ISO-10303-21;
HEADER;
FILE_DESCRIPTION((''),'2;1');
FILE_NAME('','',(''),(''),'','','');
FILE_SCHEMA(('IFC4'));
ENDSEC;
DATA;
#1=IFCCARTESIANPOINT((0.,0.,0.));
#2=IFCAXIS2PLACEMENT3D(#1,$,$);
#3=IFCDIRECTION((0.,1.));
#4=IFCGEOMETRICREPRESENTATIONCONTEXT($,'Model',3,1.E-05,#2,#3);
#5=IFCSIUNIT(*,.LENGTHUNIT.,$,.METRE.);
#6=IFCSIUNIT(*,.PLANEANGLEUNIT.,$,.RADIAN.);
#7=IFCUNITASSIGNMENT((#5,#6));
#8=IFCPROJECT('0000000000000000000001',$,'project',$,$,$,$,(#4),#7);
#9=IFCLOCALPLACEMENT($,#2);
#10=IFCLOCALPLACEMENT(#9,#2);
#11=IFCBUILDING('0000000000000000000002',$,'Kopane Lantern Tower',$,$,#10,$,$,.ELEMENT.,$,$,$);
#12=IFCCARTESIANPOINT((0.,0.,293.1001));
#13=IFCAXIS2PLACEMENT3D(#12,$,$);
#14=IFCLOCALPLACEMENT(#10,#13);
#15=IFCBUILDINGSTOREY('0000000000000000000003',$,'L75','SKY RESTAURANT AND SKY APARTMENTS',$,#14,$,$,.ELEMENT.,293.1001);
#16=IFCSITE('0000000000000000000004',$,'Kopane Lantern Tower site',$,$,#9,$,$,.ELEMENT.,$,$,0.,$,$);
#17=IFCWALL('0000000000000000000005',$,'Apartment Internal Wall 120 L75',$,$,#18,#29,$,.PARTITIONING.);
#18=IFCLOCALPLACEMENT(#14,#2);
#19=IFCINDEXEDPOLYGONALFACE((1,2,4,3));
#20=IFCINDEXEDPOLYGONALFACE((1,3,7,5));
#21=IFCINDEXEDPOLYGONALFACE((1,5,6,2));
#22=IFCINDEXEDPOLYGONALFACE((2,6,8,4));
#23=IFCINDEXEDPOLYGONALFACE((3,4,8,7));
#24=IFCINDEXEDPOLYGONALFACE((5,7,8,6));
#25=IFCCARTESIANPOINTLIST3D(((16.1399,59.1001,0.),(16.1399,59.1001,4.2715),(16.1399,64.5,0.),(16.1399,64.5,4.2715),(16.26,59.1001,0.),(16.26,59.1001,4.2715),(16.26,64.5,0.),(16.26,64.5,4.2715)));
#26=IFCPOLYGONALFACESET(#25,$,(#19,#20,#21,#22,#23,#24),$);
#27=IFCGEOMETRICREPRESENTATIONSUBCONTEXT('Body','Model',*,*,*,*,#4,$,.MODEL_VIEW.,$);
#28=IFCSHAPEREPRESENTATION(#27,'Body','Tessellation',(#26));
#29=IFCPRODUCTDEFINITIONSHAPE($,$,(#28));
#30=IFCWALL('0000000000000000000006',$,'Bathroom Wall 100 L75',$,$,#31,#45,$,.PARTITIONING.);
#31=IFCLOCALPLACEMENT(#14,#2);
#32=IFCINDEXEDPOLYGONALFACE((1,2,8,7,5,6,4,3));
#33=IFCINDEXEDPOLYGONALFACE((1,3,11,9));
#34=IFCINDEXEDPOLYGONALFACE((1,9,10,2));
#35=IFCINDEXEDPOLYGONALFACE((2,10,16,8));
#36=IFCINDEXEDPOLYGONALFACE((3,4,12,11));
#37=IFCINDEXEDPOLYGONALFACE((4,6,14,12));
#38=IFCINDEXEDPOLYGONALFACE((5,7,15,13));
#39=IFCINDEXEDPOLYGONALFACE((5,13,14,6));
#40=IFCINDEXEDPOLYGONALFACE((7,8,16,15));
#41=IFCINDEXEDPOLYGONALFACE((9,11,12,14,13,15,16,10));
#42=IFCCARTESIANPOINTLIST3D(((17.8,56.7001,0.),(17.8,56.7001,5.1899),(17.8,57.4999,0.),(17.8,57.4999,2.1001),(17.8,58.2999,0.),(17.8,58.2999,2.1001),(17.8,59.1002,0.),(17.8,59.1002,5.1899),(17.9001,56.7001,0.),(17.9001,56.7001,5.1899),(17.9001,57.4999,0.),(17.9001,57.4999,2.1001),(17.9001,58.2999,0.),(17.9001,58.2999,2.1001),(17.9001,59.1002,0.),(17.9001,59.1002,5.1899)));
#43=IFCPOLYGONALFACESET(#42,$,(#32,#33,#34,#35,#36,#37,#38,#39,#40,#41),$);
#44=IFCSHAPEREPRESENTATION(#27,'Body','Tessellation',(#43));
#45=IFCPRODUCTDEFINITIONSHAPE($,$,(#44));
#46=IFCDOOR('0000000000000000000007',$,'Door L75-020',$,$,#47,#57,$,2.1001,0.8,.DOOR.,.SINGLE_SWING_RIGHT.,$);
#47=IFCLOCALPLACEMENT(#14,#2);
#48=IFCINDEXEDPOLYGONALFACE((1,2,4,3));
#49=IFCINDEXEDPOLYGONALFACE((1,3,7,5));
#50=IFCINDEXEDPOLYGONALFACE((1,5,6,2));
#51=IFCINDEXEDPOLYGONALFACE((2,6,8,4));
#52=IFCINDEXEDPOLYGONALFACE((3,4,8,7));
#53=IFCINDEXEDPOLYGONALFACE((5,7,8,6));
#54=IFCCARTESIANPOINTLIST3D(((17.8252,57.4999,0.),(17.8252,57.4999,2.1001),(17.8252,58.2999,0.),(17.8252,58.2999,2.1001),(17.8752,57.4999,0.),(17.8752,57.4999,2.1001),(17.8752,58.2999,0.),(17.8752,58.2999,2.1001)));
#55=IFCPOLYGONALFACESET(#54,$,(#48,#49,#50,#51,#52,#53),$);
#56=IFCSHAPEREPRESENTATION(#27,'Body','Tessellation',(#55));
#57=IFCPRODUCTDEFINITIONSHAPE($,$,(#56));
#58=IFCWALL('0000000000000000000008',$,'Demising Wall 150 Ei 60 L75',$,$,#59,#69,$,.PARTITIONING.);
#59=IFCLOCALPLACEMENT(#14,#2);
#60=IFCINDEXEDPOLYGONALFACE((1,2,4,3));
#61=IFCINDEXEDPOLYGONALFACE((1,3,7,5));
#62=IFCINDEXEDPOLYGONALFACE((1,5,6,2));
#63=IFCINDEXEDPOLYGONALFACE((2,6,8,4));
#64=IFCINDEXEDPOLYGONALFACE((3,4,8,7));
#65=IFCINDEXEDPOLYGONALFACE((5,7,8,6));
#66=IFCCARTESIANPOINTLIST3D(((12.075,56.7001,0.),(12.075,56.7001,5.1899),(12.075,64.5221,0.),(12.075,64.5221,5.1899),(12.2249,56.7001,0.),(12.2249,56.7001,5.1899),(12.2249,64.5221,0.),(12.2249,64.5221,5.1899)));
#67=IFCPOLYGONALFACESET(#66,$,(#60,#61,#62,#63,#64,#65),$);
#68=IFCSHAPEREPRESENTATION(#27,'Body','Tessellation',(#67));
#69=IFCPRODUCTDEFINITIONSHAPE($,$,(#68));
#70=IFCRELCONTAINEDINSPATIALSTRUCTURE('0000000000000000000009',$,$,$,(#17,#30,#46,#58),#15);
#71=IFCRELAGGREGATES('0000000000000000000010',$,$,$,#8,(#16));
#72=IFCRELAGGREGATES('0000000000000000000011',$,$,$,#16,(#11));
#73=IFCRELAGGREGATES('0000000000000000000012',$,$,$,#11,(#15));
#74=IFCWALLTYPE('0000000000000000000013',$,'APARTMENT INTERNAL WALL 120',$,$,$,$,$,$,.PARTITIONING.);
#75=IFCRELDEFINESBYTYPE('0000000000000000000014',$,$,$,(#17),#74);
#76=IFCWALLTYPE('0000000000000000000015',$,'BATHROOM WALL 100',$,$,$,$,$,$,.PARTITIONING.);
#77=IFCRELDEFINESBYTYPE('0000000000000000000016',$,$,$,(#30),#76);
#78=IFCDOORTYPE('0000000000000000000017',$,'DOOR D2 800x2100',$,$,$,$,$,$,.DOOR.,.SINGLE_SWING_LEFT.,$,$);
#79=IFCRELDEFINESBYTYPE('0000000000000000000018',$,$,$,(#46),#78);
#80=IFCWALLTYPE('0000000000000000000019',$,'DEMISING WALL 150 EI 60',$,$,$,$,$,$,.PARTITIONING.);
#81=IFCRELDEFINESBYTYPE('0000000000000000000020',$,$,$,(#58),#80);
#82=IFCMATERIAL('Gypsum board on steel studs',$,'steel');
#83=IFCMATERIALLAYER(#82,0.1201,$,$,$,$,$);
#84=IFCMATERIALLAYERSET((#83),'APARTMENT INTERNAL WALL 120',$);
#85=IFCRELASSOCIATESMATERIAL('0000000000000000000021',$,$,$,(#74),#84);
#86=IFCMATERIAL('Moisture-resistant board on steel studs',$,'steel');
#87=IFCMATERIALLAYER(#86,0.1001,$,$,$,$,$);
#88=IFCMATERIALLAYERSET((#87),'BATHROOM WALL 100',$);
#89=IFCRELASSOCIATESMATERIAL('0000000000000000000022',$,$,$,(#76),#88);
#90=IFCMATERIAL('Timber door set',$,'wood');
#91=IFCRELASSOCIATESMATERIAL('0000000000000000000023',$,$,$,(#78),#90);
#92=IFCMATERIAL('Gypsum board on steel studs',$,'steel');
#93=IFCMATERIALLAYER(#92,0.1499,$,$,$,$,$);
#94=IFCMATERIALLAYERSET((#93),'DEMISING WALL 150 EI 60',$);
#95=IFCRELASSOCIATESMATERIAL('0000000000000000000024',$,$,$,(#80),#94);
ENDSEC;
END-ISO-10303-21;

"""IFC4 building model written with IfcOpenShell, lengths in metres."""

from ifc_helpers import new_model, si_unit, direction, frame, frame_2d, origin, place, context, subcontext, project, spatial, rectangle, extrude, material, layer, layer_set, type_object, element, fill, save


model = new_model("IFC4")

# Units and contexts
model_context = context("Model", 3, precision=1e-05, world=origin(), true_north=direction((0.0, 1.0)))
body_context = subcontext(model_context, "Body", "Model", "MODEL_VIEW")
ifc_project = project(units=[si_unit("LENGTHUNIT", "METRE"), si_unit("PLANEANGLEUNIT", "RADIAN")], contexts=[model_context])

# Site, building, storey
site_placement = place(None, origin())
site = spatial("IfcSite", under=ifc_project, at=site_placement, Name="Kopane Lantern Tower site", CompositionType="ELEMENT", RefElevation=0.0)
building_placement = place(site_placement, origin())
building = spatial("IfcBuilding", under=site, at=building_placement, Name="Kopane Lantern Tower", CompositionType="ELEMENT")
storey_placement = place(building_placement, frame((0.0, 0.0, 293.1001)))
storey = spatial("IfcBuildingStorey", under=building, at=storey_placement, Name="L75", Description="SKY RESTAURANT AND SKY APARTMENTS", CompositionType="ELEMENT", Elevation=293.1001)

# Shared definitions
ifc_material_1 = material(Name="Gypsum board on steel studs", Category="steel")
ifc_layer_1 = layer(ifc_material_1, 0.1201)
ifc_layer_set_1 = layer_set([ifc_layer_1], Name="APARTMENT INTERNAL WALL 120")
wall_type_1 = type_object("IfcWallType", Name="APARTMENT INTERNAL WALL 120", PredefinedType="PARTITIONING", material=ifc_layer_set_1)

# Wall
wall_1_placement = place(storey_placement, frame((16.2, 59.1001, 0.0), z_axis=(0.0, 0.0, 1.0), x_axis=(0.0, 1.0, 0.0)))
element("IfcWall", 1, at=wall_1_placement, inside=storey, type_object=wall_type_1, Name="Apartment Internal Wall 120 L75", PredefinedType="PARTITIONING", context=body_context, shape_type="SweptSolid", body=[
    extrude(rectangle(XDim=5.3999, YDim=0.1201, at=frame_2d((2.7, 0.0))), origin(), (0.0, 0.0, 1.0), 4.2715),
])

# Wall, opening, door
ifc_material_2 = material(Name="Moisture-resistant board on steel studs", Category="steel")
ifc_layer_2 = layer(ifc_material_2, 0.1001)
ifc_layer_set_2 = layer_set([ifc_layer_2], Name="BATHROOM WALL 100")
wall_type_2 = type_object("IfcWallType", Name="BATHROOM WALL 100", PredefinedType="PARTITIONING", material=ifc_layer_set_2)
wall_2_placement = place(storey_placement, frame((17.8501, 56.7, 0.0), z_axis=(0.0, 0.0, 1.0), x_axis=(0.0, 1.0, 0.0)))
wall_2 = element("IfcWall", 2, at=wall_2_placement, inside=storey, type_object=wall_type_2, Name="Bathroom Wall 100 L75", PredefinedType="PARTITIONING", context=body_context, shape_type="SweptSolid", body=[
    extrude(rectangle(XDim=2.4001, YDim=0.1001, at=frame_2d((1.2002, 0.0))), origin(), (0.0, 0.0, 1.0), 5.1899),
])
opening_1_placement = place(wall_2_placement, frame((0.8, 0.0, 0.0)))
opening_1 = element("IfcOpeningElement", 3, at=opening_1_placement, cuts=wall_2, PredefinedType="OPENING", context=body_context, shape_type="SweptSolid", body=[
    extrude(rectangle(XDim=0.8, YDim=2.1001, at=frame_2d((0.3999, 1.05))), frame((0.0, 0.0601, 0.0), z_axis=(0.0, -1.0, 0.0), x_axis=(1.0, 0.0, 0.0)), (0.0, 0.0, 1.0), 0.1201),
])
ifc_material_3 = material(Name="Timber door set", Category="wood")
door_type_1 = type_object("IfcDoorType", Name="DOOR D2 800x2100", OperationType="SINGLE_SWING_LEFT", PredefinedType="DOOR", material=ifc_material_3)
door_1_placement = place(opening_1_placement, origin())
door_1 = element("IfcDoor", 4, at=door_1_placement, inside=storey, type_object=door_type_1, Name="Door L75-020", OperationType="SINGLE_SWING_RIGHT", OverallHeight=2.1001, OverallWidth=0.8, PredefinedType="DOOR", context=body_context, shape_type="SweptSolid", body=[
    extrude(rectangle(XDim=0.8, YDim=2.1001, at=frame_2d((0.3999, 1.05))), frame((0.0, 0.0249, 0.0), z_axis=(0.0, -1.0, 0.0), x_axis=(1.0, 0.0, 0.0)), (0.0, 0.0, 1.0), 0.05),
])
fill(opening_1, door_1)

# Wall
ifc_material_4 = material(Name="Gypsum board on steel studs", Category="steel")
ifc_layer_3 = layer(ifc_material_4, 0.1499)
ifc_layer_set_3 = layer_set([ifc_layer_3], Name="DEMISING WALL 150 EI 60")
wall_type_3 = type_object("IfcWallType", Name="DEMISING WALL 150 EI 60", PredefinedType="PARTITIONING", material=ifc_layer_set_3)
wall_3_placement = place(storey_placement, frame((12.1499, 56.7, 0.0), z_axis=(0.0, 0.0, 1.0), x_axis=(0.0, 1.0, 0.0)))
element("IfcWall", 5, at=wall_3_placement, inside=storey, type_object=wall_type_3, Name="Demising Wall 150 Ei 60 L75", PredefinedType="PARTITIONING", context=body_context, shape_type="SweptSolid", body=[
    extrude(rectangle(XDim=7.822, YDim=0.1499, at=frame_2d((3.9111, 0.0))), origin(), (0.0, 0.0, 1.0), 5.1899),
])

save(model, "model.ifc")
